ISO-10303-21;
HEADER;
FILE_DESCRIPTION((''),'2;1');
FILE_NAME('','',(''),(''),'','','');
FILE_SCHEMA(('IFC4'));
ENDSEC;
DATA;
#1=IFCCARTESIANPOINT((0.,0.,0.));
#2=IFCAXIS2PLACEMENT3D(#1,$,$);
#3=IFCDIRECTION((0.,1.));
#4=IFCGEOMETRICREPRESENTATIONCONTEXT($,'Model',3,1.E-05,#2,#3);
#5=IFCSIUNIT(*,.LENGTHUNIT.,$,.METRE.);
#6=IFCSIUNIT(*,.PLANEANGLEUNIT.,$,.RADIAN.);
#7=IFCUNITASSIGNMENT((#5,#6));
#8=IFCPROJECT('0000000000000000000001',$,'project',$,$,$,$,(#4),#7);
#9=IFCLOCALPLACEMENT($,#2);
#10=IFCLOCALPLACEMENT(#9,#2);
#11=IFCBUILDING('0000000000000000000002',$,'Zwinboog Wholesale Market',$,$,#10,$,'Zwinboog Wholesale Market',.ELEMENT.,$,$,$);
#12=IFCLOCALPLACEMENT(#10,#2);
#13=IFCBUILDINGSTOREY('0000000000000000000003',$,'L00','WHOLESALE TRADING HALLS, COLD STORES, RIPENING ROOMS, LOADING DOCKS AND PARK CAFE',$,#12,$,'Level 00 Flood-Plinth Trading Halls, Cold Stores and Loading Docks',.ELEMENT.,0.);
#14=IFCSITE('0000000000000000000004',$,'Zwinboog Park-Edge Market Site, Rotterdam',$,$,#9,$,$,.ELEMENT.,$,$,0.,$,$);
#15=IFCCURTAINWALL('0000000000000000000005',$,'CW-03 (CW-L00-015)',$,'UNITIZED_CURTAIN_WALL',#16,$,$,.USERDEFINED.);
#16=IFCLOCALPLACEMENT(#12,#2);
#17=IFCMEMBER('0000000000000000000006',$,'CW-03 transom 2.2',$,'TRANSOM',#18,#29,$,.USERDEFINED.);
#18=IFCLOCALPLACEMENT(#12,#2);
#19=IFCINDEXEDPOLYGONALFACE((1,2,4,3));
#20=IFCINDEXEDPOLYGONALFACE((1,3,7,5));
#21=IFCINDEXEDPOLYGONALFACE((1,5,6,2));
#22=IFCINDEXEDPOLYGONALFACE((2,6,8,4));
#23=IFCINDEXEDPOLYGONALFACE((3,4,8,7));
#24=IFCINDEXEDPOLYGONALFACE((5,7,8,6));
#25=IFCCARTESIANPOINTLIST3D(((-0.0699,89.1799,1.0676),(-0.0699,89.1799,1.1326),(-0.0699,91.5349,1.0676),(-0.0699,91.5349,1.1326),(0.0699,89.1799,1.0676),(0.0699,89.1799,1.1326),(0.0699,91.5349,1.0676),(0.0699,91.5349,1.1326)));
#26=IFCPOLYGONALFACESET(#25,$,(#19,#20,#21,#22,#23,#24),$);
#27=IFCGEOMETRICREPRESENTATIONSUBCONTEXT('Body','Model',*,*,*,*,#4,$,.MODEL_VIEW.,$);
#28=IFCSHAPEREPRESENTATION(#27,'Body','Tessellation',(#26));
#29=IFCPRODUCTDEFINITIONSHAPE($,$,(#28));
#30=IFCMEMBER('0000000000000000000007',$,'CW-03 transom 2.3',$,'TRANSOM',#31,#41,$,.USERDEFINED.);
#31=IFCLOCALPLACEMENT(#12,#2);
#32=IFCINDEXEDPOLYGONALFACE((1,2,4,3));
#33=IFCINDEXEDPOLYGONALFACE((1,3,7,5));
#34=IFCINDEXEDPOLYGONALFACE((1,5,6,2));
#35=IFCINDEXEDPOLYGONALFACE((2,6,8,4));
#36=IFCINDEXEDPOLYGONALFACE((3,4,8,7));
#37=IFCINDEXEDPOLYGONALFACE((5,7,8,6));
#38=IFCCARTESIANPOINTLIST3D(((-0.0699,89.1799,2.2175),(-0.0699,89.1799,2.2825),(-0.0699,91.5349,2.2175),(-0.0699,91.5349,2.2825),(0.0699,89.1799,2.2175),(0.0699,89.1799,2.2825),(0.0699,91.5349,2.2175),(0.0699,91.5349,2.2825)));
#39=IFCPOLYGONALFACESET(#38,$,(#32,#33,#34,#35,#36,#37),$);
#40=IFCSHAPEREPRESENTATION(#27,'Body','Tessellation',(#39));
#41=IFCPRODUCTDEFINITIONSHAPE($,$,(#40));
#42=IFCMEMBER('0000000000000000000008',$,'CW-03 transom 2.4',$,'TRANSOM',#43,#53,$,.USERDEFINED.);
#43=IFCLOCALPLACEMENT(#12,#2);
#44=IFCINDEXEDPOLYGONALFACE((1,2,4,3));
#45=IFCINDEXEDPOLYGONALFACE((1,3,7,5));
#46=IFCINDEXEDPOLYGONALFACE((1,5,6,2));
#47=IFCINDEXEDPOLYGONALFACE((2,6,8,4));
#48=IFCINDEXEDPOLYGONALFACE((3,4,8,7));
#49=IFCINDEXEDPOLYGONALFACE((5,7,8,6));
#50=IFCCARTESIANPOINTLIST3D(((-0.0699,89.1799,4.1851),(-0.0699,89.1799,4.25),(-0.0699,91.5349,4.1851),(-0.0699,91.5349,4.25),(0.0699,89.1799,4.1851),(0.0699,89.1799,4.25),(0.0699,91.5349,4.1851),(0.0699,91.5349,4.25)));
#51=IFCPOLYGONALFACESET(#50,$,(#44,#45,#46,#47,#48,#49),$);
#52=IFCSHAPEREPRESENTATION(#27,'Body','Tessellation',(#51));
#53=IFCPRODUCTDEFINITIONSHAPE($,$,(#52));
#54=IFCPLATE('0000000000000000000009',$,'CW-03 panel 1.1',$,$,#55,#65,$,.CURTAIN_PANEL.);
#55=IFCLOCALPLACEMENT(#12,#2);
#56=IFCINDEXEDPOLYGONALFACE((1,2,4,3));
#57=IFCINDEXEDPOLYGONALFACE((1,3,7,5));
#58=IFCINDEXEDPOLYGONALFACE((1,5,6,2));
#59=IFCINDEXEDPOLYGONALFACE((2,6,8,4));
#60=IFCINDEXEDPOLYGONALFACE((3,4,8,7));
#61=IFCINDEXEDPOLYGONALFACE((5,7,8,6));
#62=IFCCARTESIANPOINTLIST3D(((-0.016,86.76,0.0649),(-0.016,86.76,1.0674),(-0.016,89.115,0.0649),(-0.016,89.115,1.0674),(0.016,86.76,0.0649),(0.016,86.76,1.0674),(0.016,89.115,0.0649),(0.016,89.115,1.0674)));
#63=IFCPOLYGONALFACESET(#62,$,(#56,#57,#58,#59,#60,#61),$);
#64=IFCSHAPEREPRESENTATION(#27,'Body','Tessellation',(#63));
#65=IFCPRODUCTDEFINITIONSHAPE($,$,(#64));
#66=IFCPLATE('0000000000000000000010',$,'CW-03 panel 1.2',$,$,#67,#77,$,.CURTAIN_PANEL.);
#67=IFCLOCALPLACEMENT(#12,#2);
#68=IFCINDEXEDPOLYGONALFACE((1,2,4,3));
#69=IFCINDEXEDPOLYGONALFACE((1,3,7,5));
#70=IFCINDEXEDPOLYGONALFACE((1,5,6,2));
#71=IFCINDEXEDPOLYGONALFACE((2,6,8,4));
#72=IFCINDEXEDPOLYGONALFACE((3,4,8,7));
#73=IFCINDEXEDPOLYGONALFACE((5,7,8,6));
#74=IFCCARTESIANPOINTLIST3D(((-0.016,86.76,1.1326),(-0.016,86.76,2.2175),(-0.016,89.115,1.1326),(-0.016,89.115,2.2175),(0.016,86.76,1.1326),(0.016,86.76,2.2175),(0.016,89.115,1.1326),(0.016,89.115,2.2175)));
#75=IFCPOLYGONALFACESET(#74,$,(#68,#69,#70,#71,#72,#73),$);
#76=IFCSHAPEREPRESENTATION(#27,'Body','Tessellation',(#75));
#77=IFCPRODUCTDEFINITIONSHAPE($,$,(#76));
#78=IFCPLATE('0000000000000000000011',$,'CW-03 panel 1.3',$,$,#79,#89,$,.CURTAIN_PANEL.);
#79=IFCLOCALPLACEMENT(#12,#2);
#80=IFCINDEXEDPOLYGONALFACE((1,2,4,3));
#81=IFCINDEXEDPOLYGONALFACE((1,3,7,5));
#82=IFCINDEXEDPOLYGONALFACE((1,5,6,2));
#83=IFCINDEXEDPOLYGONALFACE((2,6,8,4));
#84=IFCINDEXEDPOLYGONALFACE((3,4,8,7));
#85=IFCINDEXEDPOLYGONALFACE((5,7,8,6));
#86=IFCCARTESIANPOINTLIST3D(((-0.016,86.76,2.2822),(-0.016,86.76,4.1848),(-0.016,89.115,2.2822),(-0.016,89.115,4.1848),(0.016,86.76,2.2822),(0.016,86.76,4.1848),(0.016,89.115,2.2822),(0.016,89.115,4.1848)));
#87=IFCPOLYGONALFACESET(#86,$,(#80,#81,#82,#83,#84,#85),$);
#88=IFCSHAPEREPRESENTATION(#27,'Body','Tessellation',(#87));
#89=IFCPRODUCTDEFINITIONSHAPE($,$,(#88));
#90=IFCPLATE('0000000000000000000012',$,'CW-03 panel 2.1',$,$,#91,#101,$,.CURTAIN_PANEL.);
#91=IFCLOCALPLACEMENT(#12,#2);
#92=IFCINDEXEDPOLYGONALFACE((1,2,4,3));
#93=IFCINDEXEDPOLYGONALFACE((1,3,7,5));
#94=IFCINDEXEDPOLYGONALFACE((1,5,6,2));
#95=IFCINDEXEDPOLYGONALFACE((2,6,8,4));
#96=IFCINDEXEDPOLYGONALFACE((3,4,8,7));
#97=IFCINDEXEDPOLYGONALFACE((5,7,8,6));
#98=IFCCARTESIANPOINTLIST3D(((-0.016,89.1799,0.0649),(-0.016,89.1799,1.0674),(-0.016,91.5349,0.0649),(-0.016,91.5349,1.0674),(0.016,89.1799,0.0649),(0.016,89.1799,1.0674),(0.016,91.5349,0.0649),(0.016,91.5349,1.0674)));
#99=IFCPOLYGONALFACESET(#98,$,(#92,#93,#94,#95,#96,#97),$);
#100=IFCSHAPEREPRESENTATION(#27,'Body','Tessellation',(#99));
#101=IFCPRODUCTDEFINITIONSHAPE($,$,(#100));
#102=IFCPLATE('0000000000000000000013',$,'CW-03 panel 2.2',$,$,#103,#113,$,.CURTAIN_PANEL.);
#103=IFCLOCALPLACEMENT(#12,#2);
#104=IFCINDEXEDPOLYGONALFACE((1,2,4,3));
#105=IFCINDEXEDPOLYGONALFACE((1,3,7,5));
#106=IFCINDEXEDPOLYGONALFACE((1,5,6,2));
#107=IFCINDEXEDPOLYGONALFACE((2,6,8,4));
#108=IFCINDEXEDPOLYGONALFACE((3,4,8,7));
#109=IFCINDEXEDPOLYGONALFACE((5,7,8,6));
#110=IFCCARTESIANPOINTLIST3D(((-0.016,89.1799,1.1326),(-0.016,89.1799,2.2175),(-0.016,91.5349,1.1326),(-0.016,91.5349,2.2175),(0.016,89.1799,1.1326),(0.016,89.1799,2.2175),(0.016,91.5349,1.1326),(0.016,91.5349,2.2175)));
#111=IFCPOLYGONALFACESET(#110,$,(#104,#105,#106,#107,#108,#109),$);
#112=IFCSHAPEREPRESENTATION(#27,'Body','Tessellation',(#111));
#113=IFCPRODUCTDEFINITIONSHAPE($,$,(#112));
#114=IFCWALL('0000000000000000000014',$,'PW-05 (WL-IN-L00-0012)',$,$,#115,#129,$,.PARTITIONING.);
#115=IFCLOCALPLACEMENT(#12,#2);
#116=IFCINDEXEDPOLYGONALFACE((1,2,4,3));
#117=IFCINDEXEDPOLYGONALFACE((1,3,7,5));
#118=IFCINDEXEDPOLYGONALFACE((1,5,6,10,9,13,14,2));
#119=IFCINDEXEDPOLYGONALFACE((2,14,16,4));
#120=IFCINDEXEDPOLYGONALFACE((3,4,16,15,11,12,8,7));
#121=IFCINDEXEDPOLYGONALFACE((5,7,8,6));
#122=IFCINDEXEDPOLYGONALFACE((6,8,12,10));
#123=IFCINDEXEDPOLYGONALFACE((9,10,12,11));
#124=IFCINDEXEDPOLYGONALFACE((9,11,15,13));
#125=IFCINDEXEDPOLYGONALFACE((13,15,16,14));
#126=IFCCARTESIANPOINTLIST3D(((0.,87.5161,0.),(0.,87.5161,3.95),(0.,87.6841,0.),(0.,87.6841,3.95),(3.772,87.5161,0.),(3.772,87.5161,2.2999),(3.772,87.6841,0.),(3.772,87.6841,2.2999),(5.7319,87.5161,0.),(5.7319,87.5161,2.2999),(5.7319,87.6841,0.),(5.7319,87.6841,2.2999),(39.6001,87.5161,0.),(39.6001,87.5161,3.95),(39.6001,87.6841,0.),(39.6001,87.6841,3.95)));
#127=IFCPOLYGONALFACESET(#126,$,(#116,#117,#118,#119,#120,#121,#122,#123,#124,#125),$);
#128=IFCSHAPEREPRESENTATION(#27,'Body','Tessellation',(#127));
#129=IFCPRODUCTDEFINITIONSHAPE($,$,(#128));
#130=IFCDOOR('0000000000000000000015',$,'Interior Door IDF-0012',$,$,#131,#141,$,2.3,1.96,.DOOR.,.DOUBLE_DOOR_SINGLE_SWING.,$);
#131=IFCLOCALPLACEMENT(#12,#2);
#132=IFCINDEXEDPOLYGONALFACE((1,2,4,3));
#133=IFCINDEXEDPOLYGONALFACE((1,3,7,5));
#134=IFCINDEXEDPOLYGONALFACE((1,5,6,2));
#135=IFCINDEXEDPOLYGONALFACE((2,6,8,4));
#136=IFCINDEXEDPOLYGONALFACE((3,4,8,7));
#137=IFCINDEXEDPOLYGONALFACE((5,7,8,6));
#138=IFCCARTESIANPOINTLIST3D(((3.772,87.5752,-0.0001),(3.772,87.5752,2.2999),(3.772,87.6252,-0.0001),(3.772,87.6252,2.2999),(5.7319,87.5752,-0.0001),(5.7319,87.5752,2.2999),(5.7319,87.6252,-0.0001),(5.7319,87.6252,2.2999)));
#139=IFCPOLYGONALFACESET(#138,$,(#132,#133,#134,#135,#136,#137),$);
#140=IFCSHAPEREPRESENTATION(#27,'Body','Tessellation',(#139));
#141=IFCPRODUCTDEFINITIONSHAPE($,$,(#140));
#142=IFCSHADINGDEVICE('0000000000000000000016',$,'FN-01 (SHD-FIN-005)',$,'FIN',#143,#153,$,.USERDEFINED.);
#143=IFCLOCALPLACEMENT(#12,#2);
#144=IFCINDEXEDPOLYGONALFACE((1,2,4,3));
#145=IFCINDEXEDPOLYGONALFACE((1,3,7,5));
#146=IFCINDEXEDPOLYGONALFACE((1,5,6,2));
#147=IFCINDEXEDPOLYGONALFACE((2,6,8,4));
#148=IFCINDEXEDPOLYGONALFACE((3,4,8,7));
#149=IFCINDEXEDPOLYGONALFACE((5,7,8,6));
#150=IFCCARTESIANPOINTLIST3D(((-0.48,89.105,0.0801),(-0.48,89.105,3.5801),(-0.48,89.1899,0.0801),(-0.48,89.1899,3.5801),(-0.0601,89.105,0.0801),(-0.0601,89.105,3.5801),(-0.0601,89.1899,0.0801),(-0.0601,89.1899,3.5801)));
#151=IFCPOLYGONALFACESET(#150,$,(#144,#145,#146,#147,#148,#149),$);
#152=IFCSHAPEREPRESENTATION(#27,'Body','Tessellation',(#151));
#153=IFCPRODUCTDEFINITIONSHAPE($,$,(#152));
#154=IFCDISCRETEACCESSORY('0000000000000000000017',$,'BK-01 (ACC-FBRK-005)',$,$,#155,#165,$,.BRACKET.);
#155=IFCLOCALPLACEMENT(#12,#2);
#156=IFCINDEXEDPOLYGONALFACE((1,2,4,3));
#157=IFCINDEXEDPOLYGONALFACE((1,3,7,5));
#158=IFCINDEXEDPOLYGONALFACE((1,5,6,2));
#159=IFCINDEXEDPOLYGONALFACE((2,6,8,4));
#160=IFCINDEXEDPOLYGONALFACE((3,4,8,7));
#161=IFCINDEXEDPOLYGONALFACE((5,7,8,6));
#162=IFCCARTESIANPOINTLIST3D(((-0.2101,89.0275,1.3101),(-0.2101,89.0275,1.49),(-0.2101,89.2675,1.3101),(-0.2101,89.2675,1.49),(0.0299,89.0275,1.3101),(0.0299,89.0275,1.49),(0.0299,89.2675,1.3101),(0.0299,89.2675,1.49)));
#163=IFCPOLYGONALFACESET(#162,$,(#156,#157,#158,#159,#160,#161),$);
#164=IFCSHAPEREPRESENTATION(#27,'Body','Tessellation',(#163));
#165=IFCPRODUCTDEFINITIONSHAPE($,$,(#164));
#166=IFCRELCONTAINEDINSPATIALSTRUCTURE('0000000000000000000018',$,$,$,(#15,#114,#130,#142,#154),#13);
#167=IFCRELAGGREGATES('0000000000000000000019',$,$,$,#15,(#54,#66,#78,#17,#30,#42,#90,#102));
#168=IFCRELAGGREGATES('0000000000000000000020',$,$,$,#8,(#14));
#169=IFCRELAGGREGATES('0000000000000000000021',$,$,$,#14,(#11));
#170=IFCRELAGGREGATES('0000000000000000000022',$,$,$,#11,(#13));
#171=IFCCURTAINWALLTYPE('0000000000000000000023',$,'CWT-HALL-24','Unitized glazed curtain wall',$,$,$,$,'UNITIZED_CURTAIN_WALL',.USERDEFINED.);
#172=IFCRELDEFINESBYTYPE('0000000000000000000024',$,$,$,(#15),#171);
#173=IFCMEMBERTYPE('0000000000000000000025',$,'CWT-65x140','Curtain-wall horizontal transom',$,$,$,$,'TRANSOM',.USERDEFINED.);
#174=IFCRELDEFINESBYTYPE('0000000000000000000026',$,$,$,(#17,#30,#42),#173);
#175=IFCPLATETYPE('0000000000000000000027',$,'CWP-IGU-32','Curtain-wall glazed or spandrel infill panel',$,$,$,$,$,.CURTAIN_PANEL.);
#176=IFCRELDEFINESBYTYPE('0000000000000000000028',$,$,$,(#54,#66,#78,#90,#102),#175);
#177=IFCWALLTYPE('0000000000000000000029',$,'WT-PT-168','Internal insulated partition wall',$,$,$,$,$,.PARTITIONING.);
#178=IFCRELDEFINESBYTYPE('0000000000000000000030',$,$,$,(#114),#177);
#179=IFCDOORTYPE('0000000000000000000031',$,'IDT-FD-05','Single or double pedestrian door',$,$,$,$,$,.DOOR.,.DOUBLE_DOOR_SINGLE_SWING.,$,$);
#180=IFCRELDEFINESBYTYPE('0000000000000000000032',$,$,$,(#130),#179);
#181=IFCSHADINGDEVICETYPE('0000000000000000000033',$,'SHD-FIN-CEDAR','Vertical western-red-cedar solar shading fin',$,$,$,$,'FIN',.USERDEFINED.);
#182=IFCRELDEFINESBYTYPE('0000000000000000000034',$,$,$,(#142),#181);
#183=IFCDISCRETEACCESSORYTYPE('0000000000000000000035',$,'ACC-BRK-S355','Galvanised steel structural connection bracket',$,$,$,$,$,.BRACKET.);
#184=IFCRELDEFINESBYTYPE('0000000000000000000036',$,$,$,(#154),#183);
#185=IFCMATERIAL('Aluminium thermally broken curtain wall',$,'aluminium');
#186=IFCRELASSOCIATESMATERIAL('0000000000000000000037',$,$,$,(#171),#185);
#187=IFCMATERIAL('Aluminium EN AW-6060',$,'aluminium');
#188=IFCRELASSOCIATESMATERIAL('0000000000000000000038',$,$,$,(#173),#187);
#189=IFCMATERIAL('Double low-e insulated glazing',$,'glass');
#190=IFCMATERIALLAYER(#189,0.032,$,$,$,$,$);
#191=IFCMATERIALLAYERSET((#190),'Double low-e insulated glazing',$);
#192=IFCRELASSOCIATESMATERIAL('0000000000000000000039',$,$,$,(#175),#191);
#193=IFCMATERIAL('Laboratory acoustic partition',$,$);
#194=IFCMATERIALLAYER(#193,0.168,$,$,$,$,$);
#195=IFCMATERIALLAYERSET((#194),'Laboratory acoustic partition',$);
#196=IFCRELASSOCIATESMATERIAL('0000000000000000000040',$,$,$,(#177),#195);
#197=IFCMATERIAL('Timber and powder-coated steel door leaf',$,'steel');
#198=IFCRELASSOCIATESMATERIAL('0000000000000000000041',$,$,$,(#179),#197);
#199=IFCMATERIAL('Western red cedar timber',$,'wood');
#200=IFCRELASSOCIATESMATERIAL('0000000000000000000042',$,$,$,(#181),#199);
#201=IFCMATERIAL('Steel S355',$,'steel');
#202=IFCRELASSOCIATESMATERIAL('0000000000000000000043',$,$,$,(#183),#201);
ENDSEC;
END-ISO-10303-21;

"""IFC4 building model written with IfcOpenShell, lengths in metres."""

from ifc_helpers import new_model, si_unit, direction, frame, frame_2d, origin, origin_2d, place, context, subcontext, project, spatial, rectangle, extrude, material, layer, layer_set, material_profile, profile_set, type_object, element, fill, aggregate, save


model = new_model("IFC4")

# Units and contexts
model_context = context("Model", 3, precision=1e-05, world=origin(), true_north=direction((0.0, 1.0)))
body_context = subcontext(model_context, "Body", "Model", "MODEL_VIEW")
ifc_project = project(units=[si_unit("LENGTHUNIT", "METRE"), si_unit("PLANEANGLEUNIT", "RADIAN")], contexts=[model_context])

# Site, building, storey
site_placement = place(None, origin())
site = spatial("IfcSite", under=ifc_project, at=site_placement, Name="Zwinboog Park-Edge Market Site, Rotterdam", CompositionType="ELEMENT", RefElevation=0.0)
building_placement = place(site_placement, origin())
building = spatial("IfcBuilding", under=site, at=building_placement, Name="Zwinboog Wholesale Market", LongName="Zwinboog Wholesale Market", CompositionType="ELEMENT")
storey_placement = place(building_placement, origin())
storey = spatial("IfcBuildingStorey", under=building, at=storey_placement, Name="L00", Description="WHOLESALE TRADING HALLS, COLD STORES, RIPENING ROOMS, LOADING DOCKS AND PARK CAFE", LongName="Level 00 Flood-Plinth Trading Halls, Cold Stores and Loading Docks", CompositionType="ELEMENT", Elevation=0.0)

# Curtain wall, members, plates
ifc_material_1 = material(Name="Aluminium thermally broken curtain wall", Category="aluminium")
curtain_wall_type = type_object("IfcCurtainWallType", Name="CWT-HALL-24", Description="Unitized glazed curtain wall", ElementType="UNITIZED_CURTAIN_WALL", PredefinedType="USERDEFINED", material=ifc_material_1)
curtain_wall_placement = place(storey_placement, origin())
curtain_wall = element("IfcCurtainWall", 1, at=curtain_wall_placement, inside=storey, type_object=curtain_wall_type, Name="CW-03 (CW-L00-015)", ObjectType="UNITIZED_CURTAIN_WALL", PredefinedType="USERDEFINED")
ifc_material_2 = material(Name="Aluminium EN AW-6060", Category="aluminium")
ifc_material_profile_1 = material_profile(ifc_material_2, rectangle(XDim=0.1399, YDim=0.0649, at=origin_2d()), Name="AL 65x140")
ifc_profile_set_1 = profile_set([ifc_material_profile_1], Name="Aluminium EN AW-6060")
member_type_1 = type_object("IfcMemberType", Name="CWT-65x140", Description="Curtain-wall horizontal transom", ElementType="TRANSOM", PredefinedType="USERDEFINED", material=ifc_profile_set_1)
member_1_placement = place(storey_placement, frame((0.0, 89.1799, 1.1001), z_axis=(0.0, 1.0, 0.0), x_axis=(-1.0, 0.0, 0.0)))
member_1 = element("IfcMember", 2, at=member_1_placement, type_object=member_type_1, Name="CW-03 transom 2.2", ObjectType="TRANSOM", PredefinedType="USERDEFINED", context=body_context, shape_type="SweptSolid", body=[
    extrude(rectangle(XDim=0.1399, YDim=0.0649, at=origin_2d()), origin(), (0.0, 0.0, 1.0), 2.355),
])
member_2_placement = place(storey_placement, frame((0.0, 89.1799, 2.25), z_axis=(0.0, 1.0, 0.0), x_axis=(-1.0, 0.0, 0.0)))
member_2 = element("IfcMember", 3, at=member_2_placement, type_object=member_type_1, Name="CW-03 transom 2.3", ObjectType="TRANSOM", PredefinedType="USERDEFINED", context=body_context, shape_type="SweptSolid", body=[
    extrude(rectangle(XDim=0.1399, YDim=0.0649, at=origin_2d()), origin(), (0.0, 0.0, 1.0), 2.355),
])
member_3_placement = place(storey_placement, frame((0.0, 89.1799, 4.2175), z_axis=(0.0, 1.0, 0.0), x_axis=(-1.0, 0.0, 0.0)))
member_3 = element("IfcMember", 4, at=member_3_placement, type_object=member_type_1, Name="CW-03 transom 2.4", ObjectType="TRANSOM", PredefinedType="USERDEFINED", context=body_context, shape_type="SweptSolid", body=[
    extrude(rectangle(XDim=0.1399, YDim=0.0649, at=origin_2d()), origin(), (0.0, 0.0, 1.0), 2.355),
])
ifc_material_3 = material(Name="Double low-e insulated glazing", Category="glass")
ifc_layer_1 = layer(ifc_material_3, 0.032)
ifc_layer_set_1 = layer_set([ifc_layer_1], Name="Double low-e insulated glazing")
plate_type = type_object("IfcPlateType", Name="CWP-IGU-32", Description="Curtain-wall glazed or spandrel infill panel", PredefinedType="CURTAIN_PANEL", material=ifc_layer_set_1)
plate_1_placement = place(storey_placement, frame((0.0, 87.9375, 0.0649), z_axis=(0.0, 0.0, 1.0), x_axis=(0.0, 1.0, 0.0)))
plate_1 = element("IfcPlate", 5, at=plate_1_placement, type_object=plate_type, Name="CW-03 panel 1.1", PredefinedType="CURTAIN_PANEL", context=body_context, shape_type="SweptSolid", body=[
    extrude(rectangle(XDim=2.355, YDim=0.032, at=origin_2d()), origin(), (0.0, 0.0, 1.0), 1.0024),
])
plate_2_placement = place(storey_placement, frame((0.0, 87.9375, 1.1326), z_axis=(0.0, 0.0, 1.0), x_axis=(0.0, 1.0, 0.0)))
plate_2 = element("IfcPlate", 6, at=plate_2_placement, type_object=plate_type, Name="CW-03 panel 1.2", PredefinedType="CURTAIN_PANEL", context=body_context, shape_type="SweptSolid", body=[
    extrude(rectangle(XDim=2.355, YDim=0.032, at=origin_2d()), origin(), (0.0, 0.0, 1.0), 1.085),
])
plate_3_placement = place(storey_placement, frame((0.0, 87.9375, 2.2822), z_axis=(0.0, 0.0, 1.0), x_axis=(0.0, 1.0, 0.0)))
plate_3 = element("IfcPlate", 7, at=plate_3_placement, type_object=plate_type, Name="CW-03 panel 1.3", PredefinedType="CURTAIN_PANEL", context=body_context, shape_type="SweptSolid", body=[
    extrude(rectangle(XDim=2.355, YDim=0.032, at=origin_2d()), origin(), (0.0, 0.0, 1.0), 1.9026),
])
plate_4_placement = place(storey_placement, frame((0.0, 90.3574, 0.0649), z_axis=(0.0, 0.0, 1.0), x_axis=(0.0, 1.0, 0.0)))
plate_4 = element("IfcPlate", 8, at=plate_4_placement, type_object=plate_type, Name="CW-03 panel 2.1", PredefinedType="CURTAIN_PANEL", context=body_context, shape_type="SweptSolid", body=[
    extrude(rectangle(XDim=2.355, YDim=0.032, at=origin_2d()), origin(), (0.0, 0.0, 1.0), 1.0024),
])
plate_5_placement = place(storey_placement, frame((0.0, 90.3574, 1.1326), z_axis=(0.0, 0.0, 1.0), x_axis=(0.0, 1.0, 0.0)))
plate_5 = element("IfcPlate", 9, at=plate_5_placement, type_object=plate_type, Name="CW-03 panel 2.2", PredefinedType="CURTAIN_PANEL", context=body_context, shape_type="SweptSolid", body=[
    extrude(rectangle(XDim=2.355, YDim=0.032, at=origin_2d()), origin(), (0.0, 0.0, 1.0), 1.085),
])
aggregate(curtain_wall, [plate_1, plate_2, plate_3, member_1, member_2, member_3, plate_4, plate_5])

# Wall, opening, door
ifc_material_4 = material(Name="Laboratory acoustic partition")
ifc_layer_2 = layer(ifc_material_4, 0.168)
ifc_layer_set_2 = layer_set([ifc_layer_2], Name="Laboratory acoustic partition")
wall_type = type_object("IfcWallType", Name="WT-PT-168", Description="Internal insulated partition wall", PredefinedType="PARTITIONING", material=ifc_layer_set_2)
wall_placement = place(storey_placement, frame((0.0, 87.6001, 0.0), z_axis=(0.0, 0.0, 1.0), x_axis=(1.0, 0.0, 0.0)))
wall = element("IfcWall", 10, at=wall_placement, inside=storey, type_object=wall_type, Name="PW-05 (WL-IN-L00-0012)", PredefinedType="PARTITIONING", context=body_context, shape_type="SweptSolid", body=[
    extrude(rectangle(XDim=39.6001, YDim=0.168, at=frame_2d((19.8, 0.0))), origin(), (0.0, 0.0, 1.0), 3.95),
])
opening_placement = place(wall_placement, frame((3.772, 0.0, 0.0)))
opening = element("IfcOpeningElement", 11, at=opening_placement, cuts=wall, PredefinedType="OPENING", context=body_context, shape_type="SweptSolid", body=[
    extrude(rectangle(XDim=1.96, YDim=2.3, at=frame_2d((0.98, 1.1499))), frame((0.0, 0.094, 0.0), z_axis=(0.0, -1.0, 0.0), x_axis=(1.0, 0.0, 0.0)), (0.0, 0.0, 1.0), 0.188),
])
ifc_material_5 = material(Name="Timber and powder-coated steel door leaf", Category="steel")
door_type = type_object("IfcDoorType", Name="IDT-FD-05", Description="Single or double pedestrian door", OperationType="DOUBLE_DOOR_SINGLE_SWING", PredefinedType="DOOR", material=ifc_material_5)
door_placement = place(opening_placement, frame((1.96, 0.0, 0.0), z_axis=(0.0, 0.0, 1.0), x_axis=(-1.0, 0.0, 0.0)))
door = element("IfcDoor", 12, at=door_placement, inside=storey, type_object=door_type, Name="Interior Door IDF-0012", OperationType="DOUBLE_DOOR_SINGLE_SWING", OverallHeight=2.3, OverallWidth=1.96, PredefinedType="DOOR", context=body_context, shape_type="SweptSolid", body=[
    extrude(rectangle(XDim=1.96, YDim=2.3, at=frame_2d((0.98, 1.1499))), frame((0.0, 0.0249, 0.0), z_axis=(0.0, -1.0, 0.0), x_axis=(1.0, 0.0, 0.0)), (0.0, 0.0, 1.0), 0.05),
])
fill(opening, door)

# Shading device
ifc_material_6 = material(Name="Western red cedar timber", Category="wood")
shading_device_type = type_object("IfcShadingDeviceType", Name="SHD-FIN-CEDAR", Description="Vertical western-red-cedar solar shading fin", ElementType="FIN", PredefinedType="USERDEFINED", material=ifc_material_6)
shading_device_placement = place(storey_placement, frame((-0.27, 89.1475, 0.0801), z_axis=(0.0, 0.0, 1.0), x_axis=(1.0, 0.0, 0.0)))
element("IfcShadingDevice", 13, at=shading_device_placement, inside=storey, type_object=shading_device_type, Name="FN-01 (SHD-FIN-005)", ObjectType="FIN", PredefinedType="USERDEFINED", context=body_context, shape_type="SweptSolid", body=[
    extrude(rectangle(XDim=0.4199, YDim=0.085, at=origin_2d()), origin(), (0.0, 0.0, 1.0), 3.5),
])

# Discrete accessory
ifc_material_7 = material(Name="Steel S355", Category="steel")
discrete_accessory_type = type_object("IfcDiscreteAccessoryType", Name="ACC-BRK-S355", Description="Galvanised steel structural connection bracket", PredefinedType="BRACKET", material=ifc_material_7)
discrete_accessory_placement = place(storey_placement, frame((-0.0901, 89.1475, 1.3101), z_axis=(0.0, 0.0, 1.0), x_axis=(1.0, 0.0, 0.0)))
element("IfcDiscreteAccessory", 14, at=discrete_accessory_placement, inside=storey, type_object=discrete_accessory_type, Name="BK-01 (ACC-FBRK-005)", PredefinedType="BRACKET", context=body_context, shape_type="SweptSolid", body=[
    extrude(rectangle(XDim=0.24, YDim=0.24, at=origin_2d()), origin(), (0.0, 0.0, 1.0), 0.1799),
])

save(model, "model.ifc")
